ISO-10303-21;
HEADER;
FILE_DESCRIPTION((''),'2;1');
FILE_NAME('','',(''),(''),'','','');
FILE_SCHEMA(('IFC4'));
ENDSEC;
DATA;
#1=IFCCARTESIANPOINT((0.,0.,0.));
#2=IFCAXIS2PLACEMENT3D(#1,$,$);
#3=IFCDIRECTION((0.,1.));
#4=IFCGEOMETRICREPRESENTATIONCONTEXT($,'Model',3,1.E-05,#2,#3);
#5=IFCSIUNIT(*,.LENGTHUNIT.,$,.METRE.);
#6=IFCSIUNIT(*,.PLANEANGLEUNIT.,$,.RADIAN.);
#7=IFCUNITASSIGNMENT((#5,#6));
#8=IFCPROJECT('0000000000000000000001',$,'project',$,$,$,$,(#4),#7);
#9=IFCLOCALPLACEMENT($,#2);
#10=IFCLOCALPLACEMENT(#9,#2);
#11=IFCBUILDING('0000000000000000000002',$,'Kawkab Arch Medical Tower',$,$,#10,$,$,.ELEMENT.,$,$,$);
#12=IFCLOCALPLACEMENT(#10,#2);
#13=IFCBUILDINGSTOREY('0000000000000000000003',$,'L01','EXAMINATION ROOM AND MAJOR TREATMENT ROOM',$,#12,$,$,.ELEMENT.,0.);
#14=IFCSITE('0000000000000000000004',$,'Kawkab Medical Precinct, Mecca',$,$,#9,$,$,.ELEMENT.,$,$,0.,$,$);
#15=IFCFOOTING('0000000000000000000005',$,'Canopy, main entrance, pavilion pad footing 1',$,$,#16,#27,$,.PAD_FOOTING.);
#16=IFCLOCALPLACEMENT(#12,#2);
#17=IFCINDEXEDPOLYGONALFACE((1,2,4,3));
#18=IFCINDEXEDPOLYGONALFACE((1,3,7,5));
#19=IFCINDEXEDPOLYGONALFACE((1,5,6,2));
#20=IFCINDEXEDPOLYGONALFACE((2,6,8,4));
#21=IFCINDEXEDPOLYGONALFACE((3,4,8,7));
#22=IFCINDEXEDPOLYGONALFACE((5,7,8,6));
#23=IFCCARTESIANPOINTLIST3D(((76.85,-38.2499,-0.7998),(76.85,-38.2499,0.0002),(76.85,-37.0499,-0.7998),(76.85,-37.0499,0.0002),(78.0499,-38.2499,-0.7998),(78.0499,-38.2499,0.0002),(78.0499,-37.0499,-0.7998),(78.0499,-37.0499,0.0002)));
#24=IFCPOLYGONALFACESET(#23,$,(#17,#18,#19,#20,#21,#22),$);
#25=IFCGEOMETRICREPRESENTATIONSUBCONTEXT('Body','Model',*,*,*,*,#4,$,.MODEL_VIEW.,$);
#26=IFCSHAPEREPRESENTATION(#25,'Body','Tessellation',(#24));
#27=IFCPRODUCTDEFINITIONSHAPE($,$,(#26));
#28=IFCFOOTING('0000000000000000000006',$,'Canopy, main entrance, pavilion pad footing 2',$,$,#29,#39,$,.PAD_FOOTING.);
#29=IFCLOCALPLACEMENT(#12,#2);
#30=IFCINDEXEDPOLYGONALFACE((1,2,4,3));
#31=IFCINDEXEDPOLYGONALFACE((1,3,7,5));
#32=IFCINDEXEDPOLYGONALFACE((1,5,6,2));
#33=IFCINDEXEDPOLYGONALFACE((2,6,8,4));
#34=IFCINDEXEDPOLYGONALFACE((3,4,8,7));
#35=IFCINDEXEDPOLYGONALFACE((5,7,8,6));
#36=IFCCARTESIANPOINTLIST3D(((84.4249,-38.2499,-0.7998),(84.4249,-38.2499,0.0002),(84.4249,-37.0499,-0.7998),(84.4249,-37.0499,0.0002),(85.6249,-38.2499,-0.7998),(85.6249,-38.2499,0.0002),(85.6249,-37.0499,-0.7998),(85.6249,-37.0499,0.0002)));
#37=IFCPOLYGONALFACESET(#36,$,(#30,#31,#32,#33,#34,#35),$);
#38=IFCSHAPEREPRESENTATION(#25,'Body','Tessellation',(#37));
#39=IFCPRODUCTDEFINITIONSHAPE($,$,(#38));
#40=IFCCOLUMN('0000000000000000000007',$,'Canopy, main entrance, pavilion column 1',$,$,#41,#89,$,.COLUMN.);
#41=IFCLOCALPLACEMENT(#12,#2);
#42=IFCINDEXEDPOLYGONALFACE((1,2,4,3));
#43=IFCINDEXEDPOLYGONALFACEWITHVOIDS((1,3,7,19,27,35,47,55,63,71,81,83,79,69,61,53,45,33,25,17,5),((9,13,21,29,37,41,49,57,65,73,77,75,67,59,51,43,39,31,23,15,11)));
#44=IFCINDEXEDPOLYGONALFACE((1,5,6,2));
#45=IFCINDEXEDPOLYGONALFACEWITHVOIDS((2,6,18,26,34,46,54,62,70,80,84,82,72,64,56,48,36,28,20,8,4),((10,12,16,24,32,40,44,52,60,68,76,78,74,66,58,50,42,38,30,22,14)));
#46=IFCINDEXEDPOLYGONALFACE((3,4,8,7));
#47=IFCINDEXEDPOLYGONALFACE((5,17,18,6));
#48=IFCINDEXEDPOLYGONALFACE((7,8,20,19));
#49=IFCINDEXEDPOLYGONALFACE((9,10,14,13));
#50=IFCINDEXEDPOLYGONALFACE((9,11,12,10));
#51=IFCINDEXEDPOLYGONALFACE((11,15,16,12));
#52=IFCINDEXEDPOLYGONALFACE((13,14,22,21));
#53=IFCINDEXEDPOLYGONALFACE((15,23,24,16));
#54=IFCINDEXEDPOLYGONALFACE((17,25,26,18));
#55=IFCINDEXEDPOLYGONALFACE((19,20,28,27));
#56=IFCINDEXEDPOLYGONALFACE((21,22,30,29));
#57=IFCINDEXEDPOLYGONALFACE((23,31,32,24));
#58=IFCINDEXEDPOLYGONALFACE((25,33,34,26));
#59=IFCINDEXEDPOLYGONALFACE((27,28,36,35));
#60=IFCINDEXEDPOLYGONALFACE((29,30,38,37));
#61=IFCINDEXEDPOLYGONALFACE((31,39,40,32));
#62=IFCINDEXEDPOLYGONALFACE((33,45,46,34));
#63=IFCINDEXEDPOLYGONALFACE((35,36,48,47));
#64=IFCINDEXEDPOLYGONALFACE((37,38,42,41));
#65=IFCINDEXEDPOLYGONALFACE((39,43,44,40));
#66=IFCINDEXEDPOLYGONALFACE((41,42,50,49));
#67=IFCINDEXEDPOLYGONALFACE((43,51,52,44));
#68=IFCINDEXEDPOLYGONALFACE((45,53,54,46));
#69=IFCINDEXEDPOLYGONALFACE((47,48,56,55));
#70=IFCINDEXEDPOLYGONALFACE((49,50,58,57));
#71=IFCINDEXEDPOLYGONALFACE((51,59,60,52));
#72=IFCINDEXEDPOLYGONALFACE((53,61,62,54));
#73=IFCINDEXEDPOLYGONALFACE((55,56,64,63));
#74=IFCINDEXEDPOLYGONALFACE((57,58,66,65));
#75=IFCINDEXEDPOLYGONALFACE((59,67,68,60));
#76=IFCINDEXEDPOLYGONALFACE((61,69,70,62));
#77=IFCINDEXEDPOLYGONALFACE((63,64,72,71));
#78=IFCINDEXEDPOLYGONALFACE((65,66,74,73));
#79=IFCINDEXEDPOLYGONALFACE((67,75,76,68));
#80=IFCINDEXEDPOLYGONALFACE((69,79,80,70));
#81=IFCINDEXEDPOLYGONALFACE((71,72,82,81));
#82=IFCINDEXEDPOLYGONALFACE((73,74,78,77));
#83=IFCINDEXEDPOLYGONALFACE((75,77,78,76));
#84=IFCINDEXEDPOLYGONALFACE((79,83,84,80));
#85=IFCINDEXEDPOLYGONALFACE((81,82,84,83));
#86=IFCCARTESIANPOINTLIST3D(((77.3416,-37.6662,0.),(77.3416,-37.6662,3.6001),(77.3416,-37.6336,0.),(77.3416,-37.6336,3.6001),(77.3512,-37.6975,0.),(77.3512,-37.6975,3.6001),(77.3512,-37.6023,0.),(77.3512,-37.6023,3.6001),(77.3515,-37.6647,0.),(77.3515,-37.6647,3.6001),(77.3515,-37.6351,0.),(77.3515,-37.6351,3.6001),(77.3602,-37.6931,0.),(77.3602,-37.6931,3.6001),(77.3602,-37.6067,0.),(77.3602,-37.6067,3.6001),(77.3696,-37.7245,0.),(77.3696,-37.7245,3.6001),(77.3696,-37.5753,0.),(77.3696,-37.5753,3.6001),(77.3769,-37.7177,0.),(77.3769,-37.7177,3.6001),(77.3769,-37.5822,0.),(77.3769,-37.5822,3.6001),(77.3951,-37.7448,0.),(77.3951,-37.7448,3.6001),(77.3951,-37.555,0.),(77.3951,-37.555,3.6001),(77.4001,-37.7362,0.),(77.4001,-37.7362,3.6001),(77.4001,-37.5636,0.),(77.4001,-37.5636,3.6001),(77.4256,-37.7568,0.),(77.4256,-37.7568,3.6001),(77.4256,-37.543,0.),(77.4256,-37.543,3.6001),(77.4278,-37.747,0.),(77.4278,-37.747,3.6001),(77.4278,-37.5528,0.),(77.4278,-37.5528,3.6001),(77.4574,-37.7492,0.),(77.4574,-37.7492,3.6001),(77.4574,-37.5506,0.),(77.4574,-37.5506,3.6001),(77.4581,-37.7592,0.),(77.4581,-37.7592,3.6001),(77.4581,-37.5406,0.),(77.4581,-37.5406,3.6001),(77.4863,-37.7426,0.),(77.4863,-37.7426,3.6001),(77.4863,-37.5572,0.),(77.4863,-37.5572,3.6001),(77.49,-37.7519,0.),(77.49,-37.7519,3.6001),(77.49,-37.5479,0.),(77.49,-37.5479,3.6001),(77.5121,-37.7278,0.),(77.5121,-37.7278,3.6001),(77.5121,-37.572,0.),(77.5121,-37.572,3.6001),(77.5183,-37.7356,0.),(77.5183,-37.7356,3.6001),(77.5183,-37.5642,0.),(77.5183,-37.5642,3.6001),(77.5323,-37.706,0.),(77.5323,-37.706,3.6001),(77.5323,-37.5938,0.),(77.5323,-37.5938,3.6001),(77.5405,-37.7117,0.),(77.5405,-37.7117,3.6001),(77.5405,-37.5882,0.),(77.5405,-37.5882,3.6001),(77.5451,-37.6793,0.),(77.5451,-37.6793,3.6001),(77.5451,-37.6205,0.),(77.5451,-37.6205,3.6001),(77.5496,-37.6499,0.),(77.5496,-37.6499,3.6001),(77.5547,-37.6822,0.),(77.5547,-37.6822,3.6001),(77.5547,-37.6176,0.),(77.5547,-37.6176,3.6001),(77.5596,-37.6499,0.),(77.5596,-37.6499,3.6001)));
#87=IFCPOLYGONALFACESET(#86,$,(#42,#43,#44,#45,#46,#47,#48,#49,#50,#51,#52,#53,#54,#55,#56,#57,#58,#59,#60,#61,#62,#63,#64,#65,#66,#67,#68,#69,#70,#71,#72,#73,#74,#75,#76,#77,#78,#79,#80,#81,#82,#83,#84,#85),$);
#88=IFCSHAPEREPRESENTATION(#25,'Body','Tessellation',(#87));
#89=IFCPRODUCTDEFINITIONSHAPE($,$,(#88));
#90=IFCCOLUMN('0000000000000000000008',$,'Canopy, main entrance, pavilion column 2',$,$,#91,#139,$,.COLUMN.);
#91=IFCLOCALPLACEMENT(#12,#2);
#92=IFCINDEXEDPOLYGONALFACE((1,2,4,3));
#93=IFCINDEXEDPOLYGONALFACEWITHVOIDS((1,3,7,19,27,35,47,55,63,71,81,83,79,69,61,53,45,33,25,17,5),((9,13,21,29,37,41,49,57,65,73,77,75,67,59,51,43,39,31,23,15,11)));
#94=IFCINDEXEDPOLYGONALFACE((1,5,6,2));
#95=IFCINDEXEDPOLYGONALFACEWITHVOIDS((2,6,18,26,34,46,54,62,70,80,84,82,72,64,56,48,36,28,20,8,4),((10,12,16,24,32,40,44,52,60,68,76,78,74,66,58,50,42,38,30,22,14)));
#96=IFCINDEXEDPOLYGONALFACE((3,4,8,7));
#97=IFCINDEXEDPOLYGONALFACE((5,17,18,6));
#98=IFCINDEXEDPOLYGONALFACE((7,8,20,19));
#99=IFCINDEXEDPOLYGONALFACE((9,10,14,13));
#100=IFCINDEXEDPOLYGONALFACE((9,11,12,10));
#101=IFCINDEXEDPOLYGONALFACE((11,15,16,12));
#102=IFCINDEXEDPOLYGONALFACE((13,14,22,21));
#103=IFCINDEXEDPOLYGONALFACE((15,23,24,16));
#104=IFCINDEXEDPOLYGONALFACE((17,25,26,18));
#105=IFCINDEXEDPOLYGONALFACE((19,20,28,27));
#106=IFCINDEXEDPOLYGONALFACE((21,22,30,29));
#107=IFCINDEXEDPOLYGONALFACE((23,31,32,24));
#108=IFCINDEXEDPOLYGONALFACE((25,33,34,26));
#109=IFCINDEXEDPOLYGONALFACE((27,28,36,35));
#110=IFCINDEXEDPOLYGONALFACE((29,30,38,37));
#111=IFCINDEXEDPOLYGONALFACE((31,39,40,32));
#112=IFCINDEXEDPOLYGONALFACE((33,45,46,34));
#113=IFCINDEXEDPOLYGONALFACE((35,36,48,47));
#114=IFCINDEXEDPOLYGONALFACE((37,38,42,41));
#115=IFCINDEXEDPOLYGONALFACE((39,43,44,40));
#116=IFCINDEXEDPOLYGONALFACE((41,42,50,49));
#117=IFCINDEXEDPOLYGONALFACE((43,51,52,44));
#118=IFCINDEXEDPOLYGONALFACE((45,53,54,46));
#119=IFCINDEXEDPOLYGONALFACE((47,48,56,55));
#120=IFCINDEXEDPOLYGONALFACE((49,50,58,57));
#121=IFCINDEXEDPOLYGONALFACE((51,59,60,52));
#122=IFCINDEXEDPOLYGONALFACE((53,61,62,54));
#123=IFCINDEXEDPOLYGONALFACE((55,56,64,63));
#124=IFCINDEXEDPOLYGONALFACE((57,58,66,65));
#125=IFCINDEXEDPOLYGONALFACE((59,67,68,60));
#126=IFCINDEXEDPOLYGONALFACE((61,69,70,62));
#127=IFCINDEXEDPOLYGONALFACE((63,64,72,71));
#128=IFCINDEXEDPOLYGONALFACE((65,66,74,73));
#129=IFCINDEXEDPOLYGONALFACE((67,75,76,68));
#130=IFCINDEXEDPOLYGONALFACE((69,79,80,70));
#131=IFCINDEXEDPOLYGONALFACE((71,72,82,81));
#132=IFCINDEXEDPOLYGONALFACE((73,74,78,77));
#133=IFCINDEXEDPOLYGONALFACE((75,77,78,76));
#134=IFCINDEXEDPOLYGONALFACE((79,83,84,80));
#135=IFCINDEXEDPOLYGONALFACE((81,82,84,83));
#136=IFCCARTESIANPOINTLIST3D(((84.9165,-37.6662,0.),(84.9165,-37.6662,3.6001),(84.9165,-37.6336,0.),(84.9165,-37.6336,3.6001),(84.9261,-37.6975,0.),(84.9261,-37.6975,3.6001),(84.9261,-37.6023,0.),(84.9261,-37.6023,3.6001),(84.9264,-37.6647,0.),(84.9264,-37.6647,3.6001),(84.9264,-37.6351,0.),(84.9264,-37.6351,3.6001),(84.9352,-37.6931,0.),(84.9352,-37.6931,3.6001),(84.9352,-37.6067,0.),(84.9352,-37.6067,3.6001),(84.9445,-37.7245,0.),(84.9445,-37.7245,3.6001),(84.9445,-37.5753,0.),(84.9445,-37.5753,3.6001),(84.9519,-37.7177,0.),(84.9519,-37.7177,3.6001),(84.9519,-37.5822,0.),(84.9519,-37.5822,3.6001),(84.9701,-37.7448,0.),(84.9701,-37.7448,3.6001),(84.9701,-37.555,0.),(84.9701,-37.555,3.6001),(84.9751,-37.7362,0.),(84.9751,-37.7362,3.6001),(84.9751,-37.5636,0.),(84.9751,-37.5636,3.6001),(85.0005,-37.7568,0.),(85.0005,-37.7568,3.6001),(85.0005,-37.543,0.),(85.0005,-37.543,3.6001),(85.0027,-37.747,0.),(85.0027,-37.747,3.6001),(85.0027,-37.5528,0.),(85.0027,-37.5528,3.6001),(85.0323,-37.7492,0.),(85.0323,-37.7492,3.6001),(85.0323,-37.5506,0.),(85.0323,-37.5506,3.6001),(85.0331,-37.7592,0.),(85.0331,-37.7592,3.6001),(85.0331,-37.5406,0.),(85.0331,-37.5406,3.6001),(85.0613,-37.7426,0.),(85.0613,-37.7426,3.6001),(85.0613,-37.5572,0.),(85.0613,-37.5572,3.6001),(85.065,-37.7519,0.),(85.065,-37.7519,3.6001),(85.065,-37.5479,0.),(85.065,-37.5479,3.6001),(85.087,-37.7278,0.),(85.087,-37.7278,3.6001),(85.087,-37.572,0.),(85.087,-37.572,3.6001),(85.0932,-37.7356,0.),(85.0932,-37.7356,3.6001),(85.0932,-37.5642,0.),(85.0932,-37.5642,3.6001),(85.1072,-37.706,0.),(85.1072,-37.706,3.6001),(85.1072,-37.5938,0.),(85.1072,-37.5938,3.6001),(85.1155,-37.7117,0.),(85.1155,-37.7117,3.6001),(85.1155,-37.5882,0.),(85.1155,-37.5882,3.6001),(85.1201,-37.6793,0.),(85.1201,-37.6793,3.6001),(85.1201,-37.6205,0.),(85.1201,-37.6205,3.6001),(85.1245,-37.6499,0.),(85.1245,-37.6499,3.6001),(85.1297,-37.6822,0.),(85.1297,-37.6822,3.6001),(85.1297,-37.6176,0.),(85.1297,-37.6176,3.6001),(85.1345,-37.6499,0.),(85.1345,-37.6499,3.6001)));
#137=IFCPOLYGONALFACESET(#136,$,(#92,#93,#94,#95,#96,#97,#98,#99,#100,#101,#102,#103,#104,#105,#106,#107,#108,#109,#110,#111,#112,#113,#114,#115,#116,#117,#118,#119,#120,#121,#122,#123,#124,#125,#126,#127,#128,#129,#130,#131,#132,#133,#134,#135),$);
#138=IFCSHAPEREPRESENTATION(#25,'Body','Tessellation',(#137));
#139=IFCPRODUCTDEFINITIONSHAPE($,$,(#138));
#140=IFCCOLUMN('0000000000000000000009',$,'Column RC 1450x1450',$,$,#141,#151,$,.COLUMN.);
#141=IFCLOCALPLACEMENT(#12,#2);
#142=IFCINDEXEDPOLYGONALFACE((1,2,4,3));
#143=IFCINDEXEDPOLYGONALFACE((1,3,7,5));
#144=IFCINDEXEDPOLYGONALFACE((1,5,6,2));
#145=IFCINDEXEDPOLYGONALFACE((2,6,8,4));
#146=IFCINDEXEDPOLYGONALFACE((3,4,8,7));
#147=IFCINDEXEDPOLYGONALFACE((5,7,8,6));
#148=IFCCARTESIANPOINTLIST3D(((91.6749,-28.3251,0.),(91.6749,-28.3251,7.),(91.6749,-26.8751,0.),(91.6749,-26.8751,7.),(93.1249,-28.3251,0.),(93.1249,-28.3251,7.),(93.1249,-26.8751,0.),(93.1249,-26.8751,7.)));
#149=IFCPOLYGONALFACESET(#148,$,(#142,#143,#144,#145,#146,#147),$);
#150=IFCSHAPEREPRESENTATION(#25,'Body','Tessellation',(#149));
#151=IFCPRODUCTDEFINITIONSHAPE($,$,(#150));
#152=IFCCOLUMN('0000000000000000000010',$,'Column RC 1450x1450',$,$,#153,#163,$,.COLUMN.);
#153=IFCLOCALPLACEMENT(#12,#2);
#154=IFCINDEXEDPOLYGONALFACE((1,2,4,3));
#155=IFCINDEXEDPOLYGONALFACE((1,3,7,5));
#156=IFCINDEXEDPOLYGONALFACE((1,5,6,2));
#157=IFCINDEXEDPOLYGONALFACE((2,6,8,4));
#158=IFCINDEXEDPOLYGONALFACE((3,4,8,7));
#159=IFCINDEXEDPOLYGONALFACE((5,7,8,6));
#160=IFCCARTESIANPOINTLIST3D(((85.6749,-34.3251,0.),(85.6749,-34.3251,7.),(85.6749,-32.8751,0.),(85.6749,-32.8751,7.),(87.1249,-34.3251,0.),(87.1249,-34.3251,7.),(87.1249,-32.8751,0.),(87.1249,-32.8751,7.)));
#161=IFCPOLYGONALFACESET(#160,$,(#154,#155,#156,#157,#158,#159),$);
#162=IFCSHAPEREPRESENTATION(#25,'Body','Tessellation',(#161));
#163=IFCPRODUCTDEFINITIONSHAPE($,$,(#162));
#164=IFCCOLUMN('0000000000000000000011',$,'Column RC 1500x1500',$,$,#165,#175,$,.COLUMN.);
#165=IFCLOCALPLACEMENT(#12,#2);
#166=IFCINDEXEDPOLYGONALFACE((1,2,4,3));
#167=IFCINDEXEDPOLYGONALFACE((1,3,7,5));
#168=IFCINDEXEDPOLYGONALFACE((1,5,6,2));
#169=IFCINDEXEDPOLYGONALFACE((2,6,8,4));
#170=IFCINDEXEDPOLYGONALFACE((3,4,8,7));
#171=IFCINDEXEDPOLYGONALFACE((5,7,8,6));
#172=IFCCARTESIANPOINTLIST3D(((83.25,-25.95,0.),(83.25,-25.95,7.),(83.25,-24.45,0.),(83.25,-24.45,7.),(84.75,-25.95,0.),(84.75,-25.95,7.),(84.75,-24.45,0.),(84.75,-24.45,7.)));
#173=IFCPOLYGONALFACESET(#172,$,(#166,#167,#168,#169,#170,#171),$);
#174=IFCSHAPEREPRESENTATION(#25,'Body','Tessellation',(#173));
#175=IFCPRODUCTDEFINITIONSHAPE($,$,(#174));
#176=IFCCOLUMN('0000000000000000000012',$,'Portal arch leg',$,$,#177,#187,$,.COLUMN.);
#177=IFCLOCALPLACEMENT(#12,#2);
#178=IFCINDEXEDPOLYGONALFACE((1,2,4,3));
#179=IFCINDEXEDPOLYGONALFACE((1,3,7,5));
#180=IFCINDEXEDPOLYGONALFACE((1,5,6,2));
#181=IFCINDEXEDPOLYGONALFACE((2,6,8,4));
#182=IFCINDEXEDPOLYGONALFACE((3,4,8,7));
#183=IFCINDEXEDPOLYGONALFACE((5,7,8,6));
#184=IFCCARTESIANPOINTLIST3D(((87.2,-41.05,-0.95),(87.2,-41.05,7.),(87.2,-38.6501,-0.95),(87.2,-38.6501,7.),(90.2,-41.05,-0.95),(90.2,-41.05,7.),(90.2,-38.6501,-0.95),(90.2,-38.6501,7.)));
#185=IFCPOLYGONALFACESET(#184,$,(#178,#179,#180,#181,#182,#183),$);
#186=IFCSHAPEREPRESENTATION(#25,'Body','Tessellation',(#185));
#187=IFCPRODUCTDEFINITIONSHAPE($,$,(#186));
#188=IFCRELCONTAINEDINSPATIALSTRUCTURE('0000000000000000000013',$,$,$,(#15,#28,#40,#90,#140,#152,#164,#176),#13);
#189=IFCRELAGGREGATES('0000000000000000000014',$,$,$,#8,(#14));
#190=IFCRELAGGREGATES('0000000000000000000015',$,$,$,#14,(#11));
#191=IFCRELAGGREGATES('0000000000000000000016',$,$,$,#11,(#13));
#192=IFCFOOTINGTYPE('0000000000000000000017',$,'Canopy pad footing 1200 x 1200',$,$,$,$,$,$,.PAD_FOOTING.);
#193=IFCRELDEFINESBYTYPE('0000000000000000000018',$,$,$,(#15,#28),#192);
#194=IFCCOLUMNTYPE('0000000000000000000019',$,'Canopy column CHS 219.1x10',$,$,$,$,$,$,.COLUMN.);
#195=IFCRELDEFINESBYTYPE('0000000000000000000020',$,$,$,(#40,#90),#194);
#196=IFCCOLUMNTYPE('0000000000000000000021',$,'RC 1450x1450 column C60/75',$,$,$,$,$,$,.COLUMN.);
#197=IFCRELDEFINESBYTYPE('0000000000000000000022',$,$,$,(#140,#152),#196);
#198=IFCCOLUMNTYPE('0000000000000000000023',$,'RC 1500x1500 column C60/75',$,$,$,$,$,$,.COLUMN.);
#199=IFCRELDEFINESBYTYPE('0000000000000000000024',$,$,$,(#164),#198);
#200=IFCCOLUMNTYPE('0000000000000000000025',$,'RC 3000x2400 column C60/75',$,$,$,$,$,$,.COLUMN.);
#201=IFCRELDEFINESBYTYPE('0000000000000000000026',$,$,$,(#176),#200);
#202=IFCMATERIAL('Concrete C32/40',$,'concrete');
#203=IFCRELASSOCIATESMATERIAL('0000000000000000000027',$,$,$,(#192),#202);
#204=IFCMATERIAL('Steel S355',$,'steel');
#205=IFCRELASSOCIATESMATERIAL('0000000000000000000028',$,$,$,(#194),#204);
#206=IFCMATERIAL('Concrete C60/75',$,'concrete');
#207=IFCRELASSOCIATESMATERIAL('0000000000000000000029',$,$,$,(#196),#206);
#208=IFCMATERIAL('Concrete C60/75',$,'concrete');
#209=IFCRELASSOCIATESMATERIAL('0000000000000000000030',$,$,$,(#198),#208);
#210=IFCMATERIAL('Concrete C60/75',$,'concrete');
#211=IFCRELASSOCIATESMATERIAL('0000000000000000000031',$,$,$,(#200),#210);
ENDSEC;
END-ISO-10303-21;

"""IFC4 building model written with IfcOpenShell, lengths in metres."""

from ifc_helpers import new_model, si_unit, direction, frame, origin, origin_2d, place, context, subcontext, project, spatial, rectangle, hollow_circle, extrude, material, material_profile, profile_set, type_object, element, save


model = new_model("IFC4")

# Units and contexts
model_context = context("Model", 3, precision=1e-05, world=origin(), true_north=direction((0.0, 1.0)))
body_context = subcontext(model_context, "Body", "Model", "MODEL_VIEW")
ifc_project = project(units=[si_unit("LENGTHUNIT", "METRE"), si_unit("PLANEANGLEUNIT", "RADIAN")], contexts=[model_context])

# Site, building, storey
site_placement = place(None, origin())
site = spatial("IfcSite", under=ifc_project, at=site_placement, Name="Kawkab Medical Precinct, Mecca", CompositionType="ELEMENT", RefElevation=0.0)
building_placement = place(site_placement, origin())
building = spatial("IfcBuilding", under=site, at=building_placement, Name="Kawkab Arch Medical Tower", CompositionType="ELEMENT")
storey_placement = place(building_placement, origin())
storey = spatial("IfcBuildingStorey", under=building, at=storey_placement, Name="L01", Description="EXAMINATION ROOM AND MAJOR TREATMENT ROOM", CompositionType="ELEMENT", Elevation=0.0)

# Footings
ifc_material_1 = material(Name="Concrete C32/40", Category="concrete")
footing_type = type_object("IfcFootingType", Name="Canopy pad footing 1200 x 1200", PredefinedType="PAD_FOOTING", material=ifc_material_1)
for number, where, z_axis, x_axis, name in (
    (1, (77.45, -37.6499, -0.7998), (0.0, 0.0, 1.0), (1.0, 0.0, 0.0), "Canopy, main entrance, pavilion pad footing 1"),
    (2, (85.0249, -37.6499, -0.7998), (0.0, 0.0, 1.0), (1.0, 0.0, 0.0), "Canopy, main entrance, pavilion pad footing 2"),
):
    element("IfcFooting", number, at=place(storey_placement, frame(where, z_axis=z_axis, x_axis=x_axis)), inside=storey, type_object=footing_type, Name=name, PredefinedType="PAD_FOOTING", context=body_context, shape_type="SweptSolid", body=[
        extrude(rectangle(XDim=1.2, YDim=1.2, at=origin_2d()), origin(), (0.0, 0.0, 1.0), 0.8),
    ])

# Columns
ifc_material_2 = material(Name="Steel S355", Category="steel")
ifc_material_profile_1 = material_profile(ifc_material_2, hollow_circle(Radius=0.1096, WallThickness=0.01, at=origin_2d()), Name="CHS 219.1x10")
ifc_profile_set_1 = profile_set([ifc_material_profile_1], Name="Steel S355")
column_type_1 = type_object("IfcColumnType", Name="Canopy column CHS 219.1x10", PredefinedType="COLUMN", material=ifc_profile_set_1)
for number, where, z_axis, x_axis, name in (
    (3, (77.45, -37.6499, 0.0), (0.0, 0.0, 1.0), (1.0, 0.0, 0.0), "Canopy, main entrance, pavilion column 1"),
    (4, (85.0249, -37.6499, 0.0), (0.0, 0.0, 1.0), (1.0, 0.0, 0.0), "Canopy, main entrance, pavilion column 2"),
):
    element("IfcColumn", number, at=place(storey_placement, frame(where, z_axis=z_axis, x_axis=x_axis)), inside=storey, type_object=column_type_1, Name=name, PredefinedType="COLUMN", context=body_context, shape_type="SweptSolid", body=[
        extrude(hollow_circle(Radius=0.1096, WallThickness=0.01, at=origin_2d()), origin(), (0.0, 0.0, 1.0), 3.6001),
    ])
ifc_material_3 = material(Name="Concrete C60/75", Category="concrete")
ifc_material_profile_2 = material_profile(ifc_material_3, rectangle(XDim=1.45, YDim=1.45, at=origin_2d()), Name="RC 1450x1450")
ifc_profile_set_2 = profile_set([ifc_material_profile_2], Name="Concrete C60/75")
column_type_2 = type_object("IfcColumnType", Name="RC 1450x1450 column C60/75", PredefinedType="COLUMN", material=ifc_profile_set_2)
for number, where, z_axis, x_axis, name in (
    (5, (92.3999, -27.6001, 0.0), (0.0, 0.0, 1.0), (1.0, 0.0, 0.0), "Column RC 1450x1450"),
    (6, (86.3999, -33.6001, 0.0), (0.0, 0.0, 1.0), (1.0, 0.0, 0.0), "Column RC 1450x1450"),
):
    element("IfcColumn", number, at=place(storey_placement, frame(where, z_axis=z_axis, x_axis=x_axis)), inside=storey, type_object=column_type_2, Name=name, PredefinedType="COLUMN", context=body_context, shape_type="SweptSolid", body=[
        extrude(rectangle(XDim=1.45, YDim=1.45, at=origin_2d()), origin(), (0.0, 0.0, 1.0), 7.0),
    ])
ifc_material_4 = material(Name="Concrete C60/75", Category="concrete")
ifc_material_profile_3 = material_profile(ifc_material_4, rectangle(XDim=1.5, YDim=1.5, at=origin_2d()), Name="RC 1500x1500")
ifc_profile_set_3 = profile_set([ifc_material_profile_3], Name="Concrete C60/75")
column_type_3 = type_object("IfcColumnType", Name="RC 1500x1500 column C60/75", PredefinedType="COLUMN", material=ifc_profile_set_3)
column_1_placement = place(storey_placement, frame((84.0, -25.2, 0.0), z_axis=(0.0, 0.0, 1.0), x_axis=(1.0, 0.0, 0.0)))
element("IfcColumn", 7, at=column_1_placement, inside=storey, type_object=column_type_3, Name="Column RC 1500x1500", PredefinedType="COLUMN", context=body_context, shape_type="SweptSolid", body=[
    extrude(rectangle(XDim=1.5, YDim=1.5, at=origin_2d()), origin(), (0.0, 0.0, 1.0), 7.0),
])
ifc_material_5 = material(Name="Concrete C60/75", Category="concrete")
ifc_material_profile_4 = material_profile(ifc_material_5, rectangle(XDim=3.0, YDim=2.3999, at=origin_2d()), Name="RC 3000x2400")
ifc_profile_set_4 = profile_set([ifc_material_profile_4], Name="Concrete C60/75")
column_type_4 = type_object("IfcColumnType", Name="RC 3000x2400 column C60/75", PredefinedType="COLUMN", material=ifc_profile_set_4)
column_2_placement = place(storey_placement, frame((88.7, -39.8501, -0.95), z_axis=(0.0, 0.0, 1.0), x_axis=(1.0, 0.0, 0.0)))
element("IfcColumn", 8, at=column_2_placement, inside=storey, type_object=column_type_4, Name="Portal arch leg", PredefinedType="COLUMN", context=body_context, shape_type="SweptSolid", body=[
    extrude(rectangle(XDim=3.0, YDim=2.3999, at=origin_2d()), origin(), (0.0, 0.0, 1.0), 7.95),
])

save(model, "model.ifc")
